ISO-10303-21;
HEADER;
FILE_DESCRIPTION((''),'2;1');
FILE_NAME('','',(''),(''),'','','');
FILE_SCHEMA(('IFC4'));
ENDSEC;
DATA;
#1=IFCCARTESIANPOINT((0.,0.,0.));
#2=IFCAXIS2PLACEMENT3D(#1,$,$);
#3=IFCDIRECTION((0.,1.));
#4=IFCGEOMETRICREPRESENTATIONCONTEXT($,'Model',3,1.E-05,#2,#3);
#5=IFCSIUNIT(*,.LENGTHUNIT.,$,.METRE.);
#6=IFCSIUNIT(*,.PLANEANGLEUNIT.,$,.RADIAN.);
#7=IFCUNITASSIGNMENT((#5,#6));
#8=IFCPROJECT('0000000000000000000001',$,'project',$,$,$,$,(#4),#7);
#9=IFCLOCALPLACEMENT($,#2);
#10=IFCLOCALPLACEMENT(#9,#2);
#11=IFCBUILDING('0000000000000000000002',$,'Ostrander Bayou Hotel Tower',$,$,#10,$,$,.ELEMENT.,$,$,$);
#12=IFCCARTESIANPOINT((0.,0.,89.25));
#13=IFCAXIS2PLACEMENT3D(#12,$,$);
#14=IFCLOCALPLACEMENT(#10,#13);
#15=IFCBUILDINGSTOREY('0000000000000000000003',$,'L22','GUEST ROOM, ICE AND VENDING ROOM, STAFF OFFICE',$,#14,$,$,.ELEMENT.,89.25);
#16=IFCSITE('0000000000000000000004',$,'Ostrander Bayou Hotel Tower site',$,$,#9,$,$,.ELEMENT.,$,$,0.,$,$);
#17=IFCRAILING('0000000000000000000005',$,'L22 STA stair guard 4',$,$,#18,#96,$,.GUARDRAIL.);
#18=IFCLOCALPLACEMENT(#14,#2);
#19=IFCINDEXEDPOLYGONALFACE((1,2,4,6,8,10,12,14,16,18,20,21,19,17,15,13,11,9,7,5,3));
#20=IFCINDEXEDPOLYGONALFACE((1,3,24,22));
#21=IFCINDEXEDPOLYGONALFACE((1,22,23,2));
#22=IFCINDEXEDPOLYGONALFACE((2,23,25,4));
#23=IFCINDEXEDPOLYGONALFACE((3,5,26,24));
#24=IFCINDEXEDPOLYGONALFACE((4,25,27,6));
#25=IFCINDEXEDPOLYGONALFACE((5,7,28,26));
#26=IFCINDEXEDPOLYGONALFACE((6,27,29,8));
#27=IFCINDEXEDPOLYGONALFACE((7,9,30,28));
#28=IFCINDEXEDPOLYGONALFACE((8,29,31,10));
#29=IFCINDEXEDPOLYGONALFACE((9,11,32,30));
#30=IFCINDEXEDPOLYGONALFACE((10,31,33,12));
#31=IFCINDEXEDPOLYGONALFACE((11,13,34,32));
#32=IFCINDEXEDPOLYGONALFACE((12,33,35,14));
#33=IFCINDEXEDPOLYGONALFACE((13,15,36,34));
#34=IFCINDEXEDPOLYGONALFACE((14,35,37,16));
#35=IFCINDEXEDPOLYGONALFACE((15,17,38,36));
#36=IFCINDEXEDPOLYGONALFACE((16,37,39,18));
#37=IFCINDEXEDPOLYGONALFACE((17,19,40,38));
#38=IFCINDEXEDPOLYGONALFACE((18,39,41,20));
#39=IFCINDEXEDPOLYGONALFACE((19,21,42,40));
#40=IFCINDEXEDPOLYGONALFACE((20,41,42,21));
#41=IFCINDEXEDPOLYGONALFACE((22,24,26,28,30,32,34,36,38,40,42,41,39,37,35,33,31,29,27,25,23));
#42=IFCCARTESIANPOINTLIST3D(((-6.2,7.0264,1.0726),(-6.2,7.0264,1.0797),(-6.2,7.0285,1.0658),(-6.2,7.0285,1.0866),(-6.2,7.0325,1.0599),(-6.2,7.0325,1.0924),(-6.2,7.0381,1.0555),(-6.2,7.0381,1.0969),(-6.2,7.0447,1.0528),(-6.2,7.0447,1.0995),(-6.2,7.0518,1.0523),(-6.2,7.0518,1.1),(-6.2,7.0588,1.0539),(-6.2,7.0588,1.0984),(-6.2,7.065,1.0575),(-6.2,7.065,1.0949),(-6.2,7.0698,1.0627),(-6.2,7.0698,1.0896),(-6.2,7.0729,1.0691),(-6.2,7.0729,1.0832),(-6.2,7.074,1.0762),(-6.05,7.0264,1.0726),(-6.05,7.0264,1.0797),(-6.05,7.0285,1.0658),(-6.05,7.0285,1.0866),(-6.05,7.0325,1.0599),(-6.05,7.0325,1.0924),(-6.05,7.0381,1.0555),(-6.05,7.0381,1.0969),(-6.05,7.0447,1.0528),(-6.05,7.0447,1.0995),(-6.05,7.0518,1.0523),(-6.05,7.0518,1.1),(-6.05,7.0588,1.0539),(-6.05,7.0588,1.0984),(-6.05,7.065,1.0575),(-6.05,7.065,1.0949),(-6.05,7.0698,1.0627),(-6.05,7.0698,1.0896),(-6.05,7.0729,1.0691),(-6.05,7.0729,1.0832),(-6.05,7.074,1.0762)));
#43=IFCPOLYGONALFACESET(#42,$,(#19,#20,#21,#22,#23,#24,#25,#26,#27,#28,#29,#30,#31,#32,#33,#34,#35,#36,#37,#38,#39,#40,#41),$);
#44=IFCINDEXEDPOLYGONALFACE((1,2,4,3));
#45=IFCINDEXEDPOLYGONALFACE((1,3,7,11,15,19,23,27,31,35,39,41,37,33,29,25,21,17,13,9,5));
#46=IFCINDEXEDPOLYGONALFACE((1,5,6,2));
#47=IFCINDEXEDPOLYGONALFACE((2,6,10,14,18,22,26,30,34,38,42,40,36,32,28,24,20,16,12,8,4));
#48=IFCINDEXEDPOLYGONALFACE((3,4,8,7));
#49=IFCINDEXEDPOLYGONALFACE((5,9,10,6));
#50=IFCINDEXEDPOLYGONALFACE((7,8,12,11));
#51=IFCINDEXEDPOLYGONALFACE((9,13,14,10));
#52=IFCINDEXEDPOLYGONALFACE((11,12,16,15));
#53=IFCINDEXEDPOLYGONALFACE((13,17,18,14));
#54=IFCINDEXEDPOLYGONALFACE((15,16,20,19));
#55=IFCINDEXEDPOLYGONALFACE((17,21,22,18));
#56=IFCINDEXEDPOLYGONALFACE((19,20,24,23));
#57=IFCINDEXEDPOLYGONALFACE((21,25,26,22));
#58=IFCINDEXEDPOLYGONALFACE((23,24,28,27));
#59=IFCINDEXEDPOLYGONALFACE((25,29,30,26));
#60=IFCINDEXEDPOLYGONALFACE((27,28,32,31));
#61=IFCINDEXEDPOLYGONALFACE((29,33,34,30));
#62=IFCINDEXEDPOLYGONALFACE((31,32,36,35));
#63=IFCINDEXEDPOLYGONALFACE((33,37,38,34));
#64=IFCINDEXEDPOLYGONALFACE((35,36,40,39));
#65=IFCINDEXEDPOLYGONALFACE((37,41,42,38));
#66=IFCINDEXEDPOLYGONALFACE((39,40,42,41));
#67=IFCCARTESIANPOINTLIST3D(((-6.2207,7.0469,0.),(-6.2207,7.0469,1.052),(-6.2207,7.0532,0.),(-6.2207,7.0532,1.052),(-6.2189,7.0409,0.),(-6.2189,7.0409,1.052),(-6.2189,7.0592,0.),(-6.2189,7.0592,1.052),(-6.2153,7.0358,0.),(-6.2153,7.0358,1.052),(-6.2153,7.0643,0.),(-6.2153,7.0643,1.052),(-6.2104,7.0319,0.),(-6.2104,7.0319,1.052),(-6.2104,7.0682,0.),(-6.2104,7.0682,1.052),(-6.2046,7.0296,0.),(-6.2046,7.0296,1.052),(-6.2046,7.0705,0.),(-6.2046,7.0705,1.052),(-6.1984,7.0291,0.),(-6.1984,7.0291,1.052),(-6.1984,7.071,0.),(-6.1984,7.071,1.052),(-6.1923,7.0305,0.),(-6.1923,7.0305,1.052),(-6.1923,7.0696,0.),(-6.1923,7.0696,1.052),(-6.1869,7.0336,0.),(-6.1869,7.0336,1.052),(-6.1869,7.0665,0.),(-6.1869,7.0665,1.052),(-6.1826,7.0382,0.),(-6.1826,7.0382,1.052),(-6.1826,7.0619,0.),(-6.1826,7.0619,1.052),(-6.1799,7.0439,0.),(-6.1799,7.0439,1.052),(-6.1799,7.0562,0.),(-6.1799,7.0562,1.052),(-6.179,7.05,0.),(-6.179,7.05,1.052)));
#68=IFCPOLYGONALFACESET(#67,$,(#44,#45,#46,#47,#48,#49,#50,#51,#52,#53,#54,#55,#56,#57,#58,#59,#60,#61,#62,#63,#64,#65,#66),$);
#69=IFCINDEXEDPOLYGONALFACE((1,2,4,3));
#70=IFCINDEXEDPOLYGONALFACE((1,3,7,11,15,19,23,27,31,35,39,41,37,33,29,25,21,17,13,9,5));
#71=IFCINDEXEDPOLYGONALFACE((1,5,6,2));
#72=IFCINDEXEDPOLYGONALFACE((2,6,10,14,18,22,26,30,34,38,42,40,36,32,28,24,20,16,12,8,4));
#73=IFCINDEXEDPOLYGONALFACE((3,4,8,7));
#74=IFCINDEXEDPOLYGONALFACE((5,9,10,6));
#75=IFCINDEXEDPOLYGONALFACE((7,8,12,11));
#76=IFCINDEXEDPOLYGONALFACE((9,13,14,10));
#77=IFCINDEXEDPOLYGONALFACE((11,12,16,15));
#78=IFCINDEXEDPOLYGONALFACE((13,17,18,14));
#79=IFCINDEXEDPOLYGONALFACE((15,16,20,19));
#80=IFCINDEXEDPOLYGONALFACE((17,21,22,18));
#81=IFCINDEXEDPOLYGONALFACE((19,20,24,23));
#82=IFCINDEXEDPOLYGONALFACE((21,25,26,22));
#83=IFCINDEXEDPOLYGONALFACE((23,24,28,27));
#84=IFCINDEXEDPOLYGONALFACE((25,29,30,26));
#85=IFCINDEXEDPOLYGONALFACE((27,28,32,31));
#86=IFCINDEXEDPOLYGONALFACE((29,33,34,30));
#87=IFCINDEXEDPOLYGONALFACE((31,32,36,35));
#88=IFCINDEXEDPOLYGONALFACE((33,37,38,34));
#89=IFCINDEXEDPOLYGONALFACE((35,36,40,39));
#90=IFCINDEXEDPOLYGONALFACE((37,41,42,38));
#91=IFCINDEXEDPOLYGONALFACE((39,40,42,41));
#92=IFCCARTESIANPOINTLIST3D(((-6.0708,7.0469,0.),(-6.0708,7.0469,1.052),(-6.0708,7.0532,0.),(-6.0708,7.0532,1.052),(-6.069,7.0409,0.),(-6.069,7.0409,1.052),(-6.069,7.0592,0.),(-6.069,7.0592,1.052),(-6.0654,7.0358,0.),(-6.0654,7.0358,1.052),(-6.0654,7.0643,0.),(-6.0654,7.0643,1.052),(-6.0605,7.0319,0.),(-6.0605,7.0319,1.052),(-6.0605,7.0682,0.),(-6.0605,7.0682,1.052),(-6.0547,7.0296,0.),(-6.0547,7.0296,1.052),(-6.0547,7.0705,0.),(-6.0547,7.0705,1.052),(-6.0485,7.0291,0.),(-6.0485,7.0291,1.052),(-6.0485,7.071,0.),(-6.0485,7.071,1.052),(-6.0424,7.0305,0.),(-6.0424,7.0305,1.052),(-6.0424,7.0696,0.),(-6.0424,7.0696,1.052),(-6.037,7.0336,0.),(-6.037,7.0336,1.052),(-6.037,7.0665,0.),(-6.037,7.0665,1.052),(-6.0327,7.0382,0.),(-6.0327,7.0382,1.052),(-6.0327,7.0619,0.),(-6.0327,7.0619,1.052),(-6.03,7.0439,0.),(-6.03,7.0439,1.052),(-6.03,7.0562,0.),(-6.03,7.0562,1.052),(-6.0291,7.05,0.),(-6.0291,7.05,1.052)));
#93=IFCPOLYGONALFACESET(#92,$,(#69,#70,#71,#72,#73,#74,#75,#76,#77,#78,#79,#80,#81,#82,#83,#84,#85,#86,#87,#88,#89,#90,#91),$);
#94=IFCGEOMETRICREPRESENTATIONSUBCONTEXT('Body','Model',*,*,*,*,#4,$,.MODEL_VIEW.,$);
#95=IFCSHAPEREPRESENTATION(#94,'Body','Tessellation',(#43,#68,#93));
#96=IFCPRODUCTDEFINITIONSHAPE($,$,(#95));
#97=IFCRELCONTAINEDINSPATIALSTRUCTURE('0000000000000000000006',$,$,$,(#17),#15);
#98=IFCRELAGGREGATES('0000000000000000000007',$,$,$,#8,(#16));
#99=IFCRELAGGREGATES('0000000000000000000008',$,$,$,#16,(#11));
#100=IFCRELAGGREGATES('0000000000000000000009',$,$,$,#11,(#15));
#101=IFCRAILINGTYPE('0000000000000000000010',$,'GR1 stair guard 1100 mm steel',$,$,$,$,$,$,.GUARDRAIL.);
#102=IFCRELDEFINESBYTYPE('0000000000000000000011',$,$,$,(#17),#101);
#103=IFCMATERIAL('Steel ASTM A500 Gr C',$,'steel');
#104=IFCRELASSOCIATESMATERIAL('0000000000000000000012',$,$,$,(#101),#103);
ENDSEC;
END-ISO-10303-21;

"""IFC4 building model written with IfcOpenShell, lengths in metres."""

from ifc_helpers import new_model, si_unit, direction, frame, origin, origin_2d, place, context, subcontext, project, spatial, circle, extrude, material, type_object, element, save


model = new_model("IFC4")

# Units and contexts
model_context = context("Model", 3, precision=1e-05, world=origin(), true_north=direction((0.0, 1.0)))
body_context = subcontext(model_context, "Body", "Model", "MODEL_VIEW")
ifc_project = project(units=[si_unit("LENGTHUNIT", "METRE"), si_unit("PLANEANGLEUNIT", "RADIAN")], contexts=[model_context])

# Site, building, storey
site_placement = place(None, origin())
site = spatial("IfcSite", under=ifc_project, at=site_placement, Name="Ostrander Bayou Hotel Tower site", CompositionType="ELEMENT", RefElevation=0.0)
building_placement = place(site_placement, origin())
building = spatial("IfcBuilding", under=site, at=building_placement, Name="Ostrander Bayou Hotel Tower", CompositionType="ELEMENT")
storey_placement = place(building_placement, frame((0.0, 0.0, 89.25)))
storey = spatial("IfcBuildingStorey", under=building, at=storey_placement, Name="L22", Description="GUEST ROOM, ICE AND VENDING ROOM, STAFF OFFICE", CompositionType="ELEMENT", Elevation=89.25)

# Railing
ifc_material_1 = material(Name="Steel ASTM A500 Gr C", Category="steel")
railing_type = type_object("IfcRailingType", Name="GR1 stair guard 1100 mm steel", PredefinedType="GUARDRAIL", material=ifc_material_1)
railing_1_placement = place(storey_placement, frame((-6.2, 7.05, 0.0)))
element("IfcRailing", 1, at=railing_1_placement, inside=storey, type_object=railing_type, Name="L22 STA stair guard 4", PredefinedType="GUARDRAIL", context=body_context, shape_type="SweptSolid", body=[
    extrude(circle(Radius=0.0239, at=origin_2d()), frame((0.0, 0.0, 1.0762), z_axis=(1.0, 0.0, 0.0), x_axis=(0.0, 1.0, 0.0)), (0.0, 0.0, 1.0), 0.1499),
    extrude(circle(Radius=0.021, at=origin_2d()), origin(), (0.0, 0.0, 1.0), 1.052),
    extrude(circle(Radius=0.021, at=origin_2d()), frame((0.1499, 0.0, 0.0)), (0.0, 0.0, 1.0), 1.052),
])

save(model, "model.ifc")
